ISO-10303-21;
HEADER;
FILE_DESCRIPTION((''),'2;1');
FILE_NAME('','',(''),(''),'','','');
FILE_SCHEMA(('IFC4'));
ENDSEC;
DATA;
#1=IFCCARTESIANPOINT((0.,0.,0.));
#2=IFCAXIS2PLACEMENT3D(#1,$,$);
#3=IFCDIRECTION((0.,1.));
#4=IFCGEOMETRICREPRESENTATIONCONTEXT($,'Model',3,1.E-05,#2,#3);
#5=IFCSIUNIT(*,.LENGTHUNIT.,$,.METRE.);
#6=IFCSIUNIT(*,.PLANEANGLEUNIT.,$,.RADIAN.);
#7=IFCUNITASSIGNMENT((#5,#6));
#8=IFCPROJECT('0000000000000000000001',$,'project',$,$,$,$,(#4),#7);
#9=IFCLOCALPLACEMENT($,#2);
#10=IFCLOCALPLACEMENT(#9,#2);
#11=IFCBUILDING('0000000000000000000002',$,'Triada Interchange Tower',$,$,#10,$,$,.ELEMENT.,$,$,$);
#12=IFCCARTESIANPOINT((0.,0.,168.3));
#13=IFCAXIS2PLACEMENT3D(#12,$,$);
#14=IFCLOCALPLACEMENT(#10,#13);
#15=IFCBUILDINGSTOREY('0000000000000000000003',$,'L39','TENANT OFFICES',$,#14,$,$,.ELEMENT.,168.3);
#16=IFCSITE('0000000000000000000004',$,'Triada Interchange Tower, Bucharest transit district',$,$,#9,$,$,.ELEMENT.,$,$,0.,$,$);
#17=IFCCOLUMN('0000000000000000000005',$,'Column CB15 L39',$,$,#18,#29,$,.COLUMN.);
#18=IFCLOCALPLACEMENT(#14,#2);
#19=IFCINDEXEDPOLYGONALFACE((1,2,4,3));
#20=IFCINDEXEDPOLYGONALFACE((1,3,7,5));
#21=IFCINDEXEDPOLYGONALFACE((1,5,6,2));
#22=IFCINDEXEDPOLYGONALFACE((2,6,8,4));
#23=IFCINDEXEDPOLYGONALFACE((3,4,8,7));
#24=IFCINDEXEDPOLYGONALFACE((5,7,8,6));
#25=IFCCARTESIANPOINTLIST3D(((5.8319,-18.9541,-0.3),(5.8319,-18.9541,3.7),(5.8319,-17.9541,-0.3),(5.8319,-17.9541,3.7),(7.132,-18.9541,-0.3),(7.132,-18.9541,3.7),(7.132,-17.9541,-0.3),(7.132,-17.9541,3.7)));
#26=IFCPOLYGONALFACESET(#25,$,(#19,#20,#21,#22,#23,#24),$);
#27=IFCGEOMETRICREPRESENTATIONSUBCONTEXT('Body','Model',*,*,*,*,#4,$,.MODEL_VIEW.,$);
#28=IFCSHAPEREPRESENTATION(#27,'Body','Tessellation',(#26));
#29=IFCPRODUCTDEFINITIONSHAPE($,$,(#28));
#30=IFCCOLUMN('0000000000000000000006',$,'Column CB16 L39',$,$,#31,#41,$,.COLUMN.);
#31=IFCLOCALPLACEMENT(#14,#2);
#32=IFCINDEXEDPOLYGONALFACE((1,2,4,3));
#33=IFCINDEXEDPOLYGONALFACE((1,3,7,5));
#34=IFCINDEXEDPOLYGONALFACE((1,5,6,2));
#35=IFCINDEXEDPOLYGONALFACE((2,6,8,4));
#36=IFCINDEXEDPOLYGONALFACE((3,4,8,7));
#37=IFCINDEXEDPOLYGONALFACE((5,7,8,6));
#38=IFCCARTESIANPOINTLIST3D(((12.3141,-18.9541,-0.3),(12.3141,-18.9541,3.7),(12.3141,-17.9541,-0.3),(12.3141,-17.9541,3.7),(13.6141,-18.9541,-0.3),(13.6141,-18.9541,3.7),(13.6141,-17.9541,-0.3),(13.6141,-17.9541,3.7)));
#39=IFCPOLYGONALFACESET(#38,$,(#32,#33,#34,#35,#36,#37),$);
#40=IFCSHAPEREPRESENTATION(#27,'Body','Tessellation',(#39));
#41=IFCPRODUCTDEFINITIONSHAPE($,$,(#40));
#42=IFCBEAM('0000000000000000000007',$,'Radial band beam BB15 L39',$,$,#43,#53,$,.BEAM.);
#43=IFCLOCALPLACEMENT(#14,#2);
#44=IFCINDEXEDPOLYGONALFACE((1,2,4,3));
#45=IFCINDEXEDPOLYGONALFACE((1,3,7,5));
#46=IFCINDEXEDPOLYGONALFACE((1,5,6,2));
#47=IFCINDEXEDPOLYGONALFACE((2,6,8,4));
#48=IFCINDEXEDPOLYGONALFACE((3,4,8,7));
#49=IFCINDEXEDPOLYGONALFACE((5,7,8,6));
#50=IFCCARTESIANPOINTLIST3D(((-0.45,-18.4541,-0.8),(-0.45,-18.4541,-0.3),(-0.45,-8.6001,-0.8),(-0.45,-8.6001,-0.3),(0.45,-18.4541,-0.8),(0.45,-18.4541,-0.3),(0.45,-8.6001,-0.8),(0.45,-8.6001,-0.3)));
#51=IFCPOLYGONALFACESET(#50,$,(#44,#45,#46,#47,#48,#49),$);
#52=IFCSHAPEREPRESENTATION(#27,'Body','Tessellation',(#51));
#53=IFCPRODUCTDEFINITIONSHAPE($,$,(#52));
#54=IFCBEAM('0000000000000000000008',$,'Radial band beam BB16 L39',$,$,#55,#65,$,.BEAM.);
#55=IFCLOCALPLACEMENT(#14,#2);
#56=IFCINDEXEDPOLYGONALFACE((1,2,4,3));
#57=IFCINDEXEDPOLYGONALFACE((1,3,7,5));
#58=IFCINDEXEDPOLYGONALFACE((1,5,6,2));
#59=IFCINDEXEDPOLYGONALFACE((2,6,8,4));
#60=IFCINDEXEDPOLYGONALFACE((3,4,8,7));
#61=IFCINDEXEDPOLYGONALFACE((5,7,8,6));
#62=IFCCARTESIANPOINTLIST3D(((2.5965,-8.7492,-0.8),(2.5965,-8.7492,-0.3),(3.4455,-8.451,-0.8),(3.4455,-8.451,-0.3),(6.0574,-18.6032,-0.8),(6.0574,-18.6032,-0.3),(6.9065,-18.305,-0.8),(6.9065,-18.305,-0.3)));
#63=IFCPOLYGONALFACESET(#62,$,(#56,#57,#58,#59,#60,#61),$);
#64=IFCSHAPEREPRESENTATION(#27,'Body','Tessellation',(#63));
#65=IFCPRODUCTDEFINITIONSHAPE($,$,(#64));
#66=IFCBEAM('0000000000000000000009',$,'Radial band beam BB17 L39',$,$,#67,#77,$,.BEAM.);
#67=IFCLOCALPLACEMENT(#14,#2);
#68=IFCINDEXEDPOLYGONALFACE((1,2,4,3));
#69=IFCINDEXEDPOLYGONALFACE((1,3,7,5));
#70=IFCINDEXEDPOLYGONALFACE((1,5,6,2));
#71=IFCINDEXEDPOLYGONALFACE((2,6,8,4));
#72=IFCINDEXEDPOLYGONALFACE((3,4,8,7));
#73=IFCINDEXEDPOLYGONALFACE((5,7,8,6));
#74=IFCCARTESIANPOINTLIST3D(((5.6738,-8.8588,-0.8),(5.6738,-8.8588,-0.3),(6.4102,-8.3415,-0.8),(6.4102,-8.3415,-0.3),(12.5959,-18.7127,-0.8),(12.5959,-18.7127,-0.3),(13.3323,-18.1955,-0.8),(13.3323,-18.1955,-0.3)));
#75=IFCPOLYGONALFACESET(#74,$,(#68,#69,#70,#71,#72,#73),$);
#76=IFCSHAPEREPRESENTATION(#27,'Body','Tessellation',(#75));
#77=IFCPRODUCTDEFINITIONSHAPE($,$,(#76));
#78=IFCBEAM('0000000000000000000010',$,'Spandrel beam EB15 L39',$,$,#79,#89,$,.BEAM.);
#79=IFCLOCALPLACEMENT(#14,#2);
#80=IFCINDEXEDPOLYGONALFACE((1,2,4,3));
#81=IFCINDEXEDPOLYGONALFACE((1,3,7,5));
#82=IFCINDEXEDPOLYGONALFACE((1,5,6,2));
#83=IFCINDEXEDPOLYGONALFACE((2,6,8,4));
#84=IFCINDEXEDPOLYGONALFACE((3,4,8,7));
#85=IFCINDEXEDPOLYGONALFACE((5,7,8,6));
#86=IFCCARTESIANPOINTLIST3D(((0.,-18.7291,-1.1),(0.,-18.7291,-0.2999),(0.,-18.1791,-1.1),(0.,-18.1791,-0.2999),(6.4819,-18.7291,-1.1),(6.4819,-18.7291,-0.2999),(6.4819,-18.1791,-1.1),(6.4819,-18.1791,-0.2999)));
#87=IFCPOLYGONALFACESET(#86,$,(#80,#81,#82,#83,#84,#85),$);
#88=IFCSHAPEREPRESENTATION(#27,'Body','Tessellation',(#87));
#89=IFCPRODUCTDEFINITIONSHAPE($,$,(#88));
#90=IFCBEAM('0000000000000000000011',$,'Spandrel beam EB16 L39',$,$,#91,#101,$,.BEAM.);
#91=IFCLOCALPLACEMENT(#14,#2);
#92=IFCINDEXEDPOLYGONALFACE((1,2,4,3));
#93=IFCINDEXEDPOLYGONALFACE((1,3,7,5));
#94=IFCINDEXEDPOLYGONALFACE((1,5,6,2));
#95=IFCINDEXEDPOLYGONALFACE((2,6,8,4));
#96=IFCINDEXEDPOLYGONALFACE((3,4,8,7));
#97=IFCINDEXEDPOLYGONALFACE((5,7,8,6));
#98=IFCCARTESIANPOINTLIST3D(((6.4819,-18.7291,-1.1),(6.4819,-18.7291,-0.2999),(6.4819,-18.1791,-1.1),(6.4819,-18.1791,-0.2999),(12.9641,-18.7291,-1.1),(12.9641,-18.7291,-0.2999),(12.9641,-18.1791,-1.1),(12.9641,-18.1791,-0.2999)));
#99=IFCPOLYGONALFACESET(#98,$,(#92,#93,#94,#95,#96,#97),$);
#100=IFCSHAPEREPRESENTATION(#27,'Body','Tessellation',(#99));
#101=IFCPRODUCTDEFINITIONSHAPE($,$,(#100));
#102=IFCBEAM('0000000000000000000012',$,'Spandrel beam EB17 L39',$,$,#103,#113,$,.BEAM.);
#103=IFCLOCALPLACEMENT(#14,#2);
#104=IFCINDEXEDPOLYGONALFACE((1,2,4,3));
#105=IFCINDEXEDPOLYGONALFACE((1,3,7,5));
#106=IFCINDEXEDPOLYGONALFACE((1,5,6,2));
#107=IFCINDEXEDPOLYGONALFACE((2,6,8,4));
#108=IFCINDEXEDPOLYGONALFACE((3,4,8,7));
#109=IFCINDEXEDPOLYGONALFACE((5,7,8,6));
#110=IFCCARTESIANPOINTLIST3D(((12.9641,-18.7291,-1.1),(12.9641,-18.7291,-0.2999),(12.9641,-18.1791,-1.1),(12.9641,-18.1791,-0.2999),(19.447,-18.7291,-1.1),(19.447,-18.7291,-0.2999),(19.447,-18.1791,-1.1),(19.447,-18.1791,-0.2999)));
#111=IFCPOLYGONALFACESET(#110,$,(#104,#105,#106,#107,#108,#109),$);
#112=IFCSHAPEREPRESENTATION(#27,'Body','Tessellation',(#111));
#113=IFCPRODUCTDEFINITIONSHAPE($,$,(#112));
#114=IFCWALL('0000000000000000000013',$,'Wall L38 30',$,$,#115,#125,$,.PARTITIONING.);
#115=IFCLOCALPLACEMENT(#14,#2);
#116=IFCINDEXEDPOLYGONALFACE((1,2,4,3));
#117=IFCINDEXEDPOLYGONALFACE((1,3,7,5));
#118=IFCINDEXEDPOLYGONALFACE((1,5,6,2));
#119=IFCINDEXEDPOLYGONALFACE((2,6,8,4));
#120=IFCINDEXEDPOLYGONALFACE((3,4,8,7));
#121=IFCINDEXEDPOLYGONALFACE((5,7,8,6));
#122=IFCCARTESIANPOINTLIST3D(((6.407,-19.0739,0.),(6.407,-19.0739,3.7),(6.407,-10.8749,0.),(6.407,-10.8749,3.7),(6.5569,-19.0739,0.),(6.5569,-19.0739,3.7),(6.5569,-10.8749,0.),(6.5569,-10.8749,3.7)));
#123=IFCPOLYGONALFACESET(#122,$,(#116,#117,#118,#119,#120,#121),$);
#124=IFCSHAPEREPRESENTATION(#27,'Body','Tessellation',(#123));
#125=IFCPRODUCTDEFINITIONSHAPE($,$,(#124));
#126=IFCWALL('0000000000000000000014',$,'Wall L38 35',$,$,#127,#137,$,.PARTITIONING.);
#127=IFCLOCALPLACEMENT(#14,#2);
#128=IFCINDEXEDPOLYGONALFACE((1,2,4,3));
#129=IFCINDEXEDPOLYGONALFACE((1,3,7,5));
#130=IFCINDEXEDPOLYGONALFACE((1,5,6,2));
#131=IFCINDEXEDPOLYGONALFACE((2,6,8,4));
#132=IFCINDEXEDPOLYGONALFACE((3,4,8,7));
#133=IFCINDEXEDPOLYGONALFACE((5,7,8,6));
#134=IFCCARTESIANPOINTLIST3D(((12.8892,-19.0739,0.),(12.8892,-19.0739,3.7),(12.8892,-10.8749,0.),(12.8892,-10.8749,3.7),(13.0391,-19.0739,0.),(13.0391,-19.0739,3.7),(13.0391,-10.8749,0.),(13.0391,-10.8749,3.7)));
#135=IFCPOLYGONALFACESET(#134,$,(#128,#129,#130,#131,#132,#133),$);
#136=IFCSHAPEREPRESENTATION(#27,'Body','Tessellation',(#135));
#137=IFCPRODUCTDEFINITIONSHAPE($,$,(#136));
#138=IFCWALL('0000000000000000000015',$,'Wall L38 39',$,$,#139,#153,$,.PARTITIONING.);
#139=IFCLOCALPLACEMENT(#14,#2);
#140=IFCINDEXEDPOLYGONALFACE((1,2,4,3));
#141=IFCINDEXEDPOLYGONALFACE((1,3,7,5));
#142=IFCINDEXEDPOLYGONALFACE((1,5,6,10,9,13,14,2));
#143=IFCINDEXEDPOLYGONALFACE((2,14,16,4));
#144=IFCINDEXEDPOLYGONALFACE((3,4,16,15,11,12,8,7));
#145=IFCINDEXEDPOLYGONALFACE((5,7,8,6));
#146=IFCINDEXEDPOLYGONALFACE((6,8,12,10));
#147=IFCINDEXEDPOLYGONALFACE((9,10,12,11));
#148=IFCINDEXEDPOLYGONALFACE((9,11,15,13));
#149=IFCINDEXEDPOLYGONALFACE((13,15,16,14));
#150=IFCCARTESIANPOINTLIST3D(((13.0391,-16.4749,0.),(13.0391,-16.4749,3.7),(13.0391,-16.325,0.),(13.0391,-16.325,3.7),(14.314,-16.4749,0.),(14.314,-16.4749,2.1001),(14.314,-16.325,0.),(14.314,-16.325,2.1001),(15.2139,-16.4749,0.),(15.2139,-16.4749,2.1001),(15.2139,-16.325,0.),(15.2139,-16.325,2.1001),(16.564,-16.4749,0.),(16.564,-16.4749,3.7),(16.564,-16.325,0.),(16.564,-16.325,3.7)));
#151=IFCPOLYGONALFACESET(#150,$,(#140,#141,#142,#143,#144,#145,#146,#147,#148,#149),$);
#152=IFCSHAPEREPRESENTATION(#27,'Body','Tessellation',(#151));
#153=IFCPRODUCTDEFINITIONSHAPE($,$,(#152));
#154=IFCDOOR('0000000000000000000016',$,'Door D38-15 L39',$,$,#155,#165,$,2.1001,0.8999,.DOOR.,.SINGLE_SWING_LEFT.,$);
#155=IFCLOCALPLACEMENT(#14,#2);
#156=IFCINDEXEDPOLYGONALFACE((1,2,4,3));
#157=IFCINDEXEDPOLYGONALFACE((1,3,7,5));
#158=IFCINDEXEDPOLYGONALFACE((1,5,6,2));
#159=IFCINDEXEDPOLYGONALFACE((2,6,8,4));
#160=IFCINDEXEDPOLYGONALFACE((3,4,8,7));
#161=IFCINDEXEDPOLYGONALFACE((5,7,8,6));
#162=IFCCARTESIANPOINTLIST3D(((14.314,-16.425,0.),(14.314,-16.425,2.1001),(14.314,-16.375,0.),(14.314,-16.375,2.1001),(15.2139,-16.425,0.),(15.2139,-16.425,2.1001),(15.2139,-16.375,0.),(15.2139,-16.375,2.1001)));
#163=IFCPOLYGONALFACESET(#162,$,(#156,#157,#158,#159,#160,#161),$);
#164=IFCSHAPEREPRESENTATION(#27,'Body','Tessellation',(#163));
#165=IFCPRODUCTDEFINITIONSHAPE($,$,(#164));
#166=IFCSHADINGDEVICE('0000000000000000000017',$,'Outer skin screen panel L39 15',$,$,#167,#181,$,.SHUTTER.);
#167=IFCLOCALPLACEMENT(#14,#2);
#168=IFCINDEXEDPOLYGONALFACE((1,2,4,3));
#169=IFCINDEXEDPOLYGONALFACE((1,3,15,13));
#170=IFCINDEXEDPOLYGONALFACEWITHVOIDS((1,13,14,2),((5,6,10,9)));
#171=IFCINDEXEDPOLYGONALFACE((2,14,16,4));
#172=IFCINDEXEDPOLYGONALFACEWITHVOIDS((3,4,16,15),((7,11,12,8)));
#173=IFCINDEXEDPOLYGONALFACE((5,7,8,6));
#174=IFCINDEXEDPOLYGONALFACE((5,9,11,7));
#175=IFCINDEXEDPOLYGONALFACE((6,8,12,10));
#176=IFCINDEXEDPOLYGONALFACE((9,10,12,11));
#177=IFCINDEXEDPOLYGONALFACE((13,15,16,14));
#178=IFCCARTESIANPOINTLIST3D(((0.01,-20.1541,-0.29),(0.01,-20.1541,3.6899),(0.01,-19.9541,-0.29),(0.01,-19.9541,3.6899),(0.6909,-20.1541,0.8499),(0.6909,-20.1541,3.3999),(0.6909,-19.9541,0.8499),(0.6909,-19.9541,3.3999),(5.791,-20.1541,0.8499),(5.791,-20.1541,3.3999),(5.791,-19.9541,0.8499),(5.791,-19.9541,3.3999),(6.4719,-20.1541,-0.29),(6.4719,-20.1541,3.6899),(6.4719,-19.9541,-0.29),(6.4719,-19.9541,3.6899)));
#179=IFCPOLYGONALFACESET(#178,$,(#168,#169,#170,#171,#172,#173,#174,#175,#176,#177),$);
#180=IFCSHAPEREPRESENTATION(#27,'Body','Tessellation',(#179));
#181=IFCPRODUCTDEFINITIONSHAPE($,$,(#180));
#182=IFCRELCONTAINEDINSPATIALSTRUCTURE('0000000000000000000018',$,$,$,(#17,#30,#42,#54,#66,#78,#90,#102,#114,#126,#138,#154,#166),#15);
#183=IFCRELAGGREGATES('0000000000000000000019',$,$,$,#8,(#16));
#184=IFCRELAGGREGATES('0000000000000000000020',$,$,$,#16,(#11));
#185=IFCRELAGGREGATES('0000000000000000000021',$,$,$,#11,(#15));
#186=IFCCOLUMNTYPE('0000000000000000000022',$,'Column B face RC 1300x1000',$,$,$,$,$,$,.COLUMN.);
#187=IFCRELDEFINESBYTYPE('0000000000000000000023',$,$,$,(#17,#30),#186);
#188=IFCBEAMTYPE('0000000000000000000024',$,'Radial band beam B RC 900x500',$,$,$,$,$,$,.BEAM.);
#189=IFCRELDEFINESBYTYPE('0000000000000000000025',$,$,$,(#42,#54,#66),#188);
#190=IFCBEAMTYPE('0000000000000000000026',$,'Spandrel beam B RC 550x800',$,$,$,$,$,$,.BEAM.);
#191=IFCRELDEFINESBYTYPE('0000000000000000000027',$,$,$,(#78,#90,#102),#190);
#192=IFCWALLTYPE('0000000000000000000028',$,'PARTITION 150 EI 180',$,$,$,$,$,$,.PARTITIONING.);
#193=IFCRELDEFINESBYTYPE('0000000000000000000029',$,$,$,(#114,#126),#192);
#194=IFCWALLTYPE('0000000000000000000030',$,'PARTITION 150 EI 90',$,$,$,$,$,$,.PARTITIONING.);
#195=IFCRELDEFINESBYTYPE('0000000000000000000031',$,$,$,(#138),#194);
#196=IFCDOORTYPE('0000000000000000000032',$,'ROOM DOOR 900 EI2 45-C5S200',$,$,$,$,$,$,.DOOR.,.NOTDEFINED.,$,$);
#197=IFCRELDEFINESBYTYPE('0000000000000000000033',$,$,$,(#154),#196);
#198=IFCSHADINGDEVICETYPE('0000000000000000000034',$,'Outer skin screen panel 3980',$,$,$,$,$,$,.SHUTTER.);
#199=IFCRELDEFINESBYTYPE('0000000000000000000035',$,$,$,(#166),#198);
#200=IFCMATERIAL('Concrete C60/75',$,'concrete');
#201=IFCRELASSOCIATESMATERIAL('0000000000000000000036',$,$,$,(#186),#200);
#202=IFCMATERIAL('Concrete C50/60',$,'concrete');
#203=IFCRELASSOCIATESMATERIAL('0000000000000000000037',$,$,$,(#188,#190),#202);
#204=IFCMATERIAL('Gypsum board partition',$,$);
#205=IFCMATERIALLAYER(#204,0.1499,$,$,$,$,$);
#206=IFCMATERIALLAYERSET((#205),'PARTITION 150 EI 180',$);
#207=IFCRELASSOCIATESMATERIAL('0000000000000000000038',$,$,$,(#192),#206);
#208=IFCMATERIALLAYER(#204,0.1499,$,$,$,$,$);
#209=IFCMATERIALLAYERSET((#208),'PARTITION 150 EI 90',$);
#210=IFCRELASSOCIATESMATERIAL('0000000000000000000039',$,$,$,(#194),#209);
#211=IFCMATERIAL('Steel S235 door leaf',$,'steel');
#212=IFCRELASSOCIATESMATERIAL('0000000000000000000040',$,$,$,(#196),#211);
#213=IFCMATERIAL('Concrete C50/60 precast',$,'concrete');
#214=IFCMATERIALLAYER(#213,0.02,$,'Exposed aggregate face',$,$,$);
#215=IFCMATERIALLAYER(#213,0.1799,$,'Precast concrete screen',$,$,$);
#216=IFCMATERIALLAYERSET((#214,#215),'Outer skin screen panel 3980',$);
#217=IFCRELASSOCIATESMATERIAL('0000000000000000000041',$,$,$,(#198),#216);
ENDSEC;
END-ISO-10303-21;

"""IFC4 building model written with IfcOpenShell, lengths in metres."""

from ifc_helpers import new_model, si_unit, direction, frame, frame_2d, origin, origin_2d, place, context, subcontext, project, spatial, polyline, rectangle, outline, extrude, material, layer, layer_set, material_profile, profile_set, type_object, element, fill, save


model = new_model("IFC4")

# Units and contexts
model_context = context("Model", 3, precision=1e-05, world=origin(), true_north=direction((0.0, 1.0)))
body_context = subcontext(model_context, "Body", "Model", "MODEL_VIEW")
ifc_project = project(units=[si_unit("LENGTHUNIT", "METRE"), si_unit("PLANEANGLEUNIT", "RADIAN")], contexts=[model_context])

# Site, building, storey
site_placement = place(None, origin())
site = spatial("IfcSite", under=ifc_project, at=site_placement, Name="Triada Interchange Tower, Bucharest transit district", CompositionType="ELEMENT", RefElevation=0.0)
building_placement = place(site_placement, origin())
building = spatial("IfcBuilding", under=site, at=building_placement, Name="Triada Interchange Tower", CompositionType="ELEMENT")
storey_placement = place(building_placement, frame((0.0, 0.0, 168.3)))
storey = spatial("IfcBuildingStorey", under=building, at=storey_placement, Name="L39", Description="TENANT OFFICES", CompositionType="ELEMENT", Elevation=168.3)

# Columns
ifc_material_1 = material(Name="Concrete C60/75", Category="concrete")
ifc_material_profile_1 = material_profile(ifc_material_1, rectangle(XDim=1.3, YDim=1.0, at=origin_2d()), Name="RC 1300x1000")
ifc_profile_set_1 = profile_set([ifc_material_profile_1], Name="Concrete C60/75")
column_type = type_object("IfcColumnType", Name="Column B face RC 1300x1000", PredefinedType="COLUMN", material=ifc_profile_set_1)
for number, where, z_axis, x_axis, name in (
    (1, (6.4819, -18.4541, -0.3), (0.0, 0.0, 1.0), (1.0, 0.0, 0.0), "Column CB15 L39"),
    (2, (12.9641, -18.4541, -0.3), (0.0, 0.0, 1.0), (1.0, 0.0, 0.0), "Column CB16 L39"),
):
    element("IfcColumn", number, at=place(storey_placement, frame(where, z_axis=z_axis, x_axis=x_axis)), inside=storey, type_object=column_type, Name=name, PredefinedType="COLUMN", context=body_context, shape_type="SweptSolid", body=[
        extrude(rectangle(XDim=1.3, YDim=1.0, at=origin_2d()), origin(), (0.0, 0.0, 1.0), 4.0),
    ])

# Beams
ifc_material_2 = material(Name="Concrete C50/60", Category="concrete")
ifc_material_profile_2 = material_profile(ifc_material_2, rectangle(XDim=0.8999, YDim=0.5, at=origin_2d()), Name="RC 900x500")
ifc_profile_set_2 = profile_set([ifc_material_profile_2], Name="Concrete C50/60")
beam_type_1 = type_object("IfcBeamType", Name="Radial band beam B RC 900x500", PredefinedType="BEAM", material=ifc_profile_set_2)
beam_1_placement = place(storey_placement, frame((0.0, -18.4541, -0.55), z_axis=(0.0, 1.0, 0.0), x_axis=(-1.0, 0.0, 0.0)))
element("IfcBeam", 3, at=beam_1_placement, inside=storey, type_object=beam_type_1, Name="Radial band beam BB15 L39", PredefinedType="BEAM", context=body_context, shape_type="SweptSolid", body=[
    extrude(rectangle(XDim=0.8999, YDim=0.5, at=origin_2d()), origin(), (0.0, 0.0, 1.0), 9.854),
])
beam_2_placement = place(storey_placement, frame((6.4819, -18.4541, -0.55), z_axis=(-0.331377, 0.943498, 0.0), x_axis=(-0.943498, -0.331377, 0.0)))
element("IfcBeam", 4, at=beam_2_placement, inside=storey, type_object=beam_type_1, Name="Radial band beam BB16 L39", PredefinedType="BEAM", context=body_context, shape_type="SweptSolid", body=[
    extrude(rectangle(XDim=0.8999, YDim=0.5, at=origin_2d()), origin(), (0.0, 0.0, 1.0), 10.4441),
])
beam_3_placement = place(storey_placement, frame((12.9641, -18.4541, -0.55), z_axis=(-0.574817, 0.818282, 0.0), x_axis=(-0.818282, -0.574817, 0.0)))
element("IfcBeam", 5, at=beam_3_placement, inside=storey, type_object=beam_type_1, Name="Radial band beam BB17 L39", PredefinedType="BEAM", context=body_context, shape_type="SweptSolid", body=[
    extrude(rectangle(XDim=0.8999, YDim=0.5, at=origin_2d()), origin(), (0.0, 0.0, 1.0), 12.0422),
])
ifc_material_profile_3 = material_profile(ifc_material_2, rectangle(XDim=0.55, YDim=0.8, at=origin_2d()), Name="RC 550x800")
ifc_profile_set_3 = profile_set([ifc_material_profile_3], Name="Concrete C50/60")
beam_type_2 = type_object("IfcBeamType", Name="Spandrel beam B RC 550x800", PredefinedType="BEAM", material=ifc_profile_set_3)
beam_4_placement = place(storey_placement, frame((0.0, -18.4541, -0.7), z_axis=(1.0, 0.0, 0.0), x_axis=(0.0, 1.0, 0.0)))
element("IfcBeam", 6, at=beam_4_placement, inside=storey, type_object=beam_type_2, Name="Spandrel beam EB15 L39", PredefinedType="BEAM", context=body_context, shape_type="SweptSolid", body=[
    extrude(rectangle(XDim=0.55, YDim=0.8, at=origin_2d()), origin(), (0.0, 0.0, 1.0), 6.4819),
])
beam_5_placement = place(storey_placement, frame((6.4819, -18.4541, -0.7), z_axis=(1.0, 0.0, 0.0), x_axis=(0.0, 1.0, 0.0)))
element("IfcBeam", 7, at=beam_5_placement, inside=storey, type_object=beam_type_2, Name="Spandrel beam EB16 L39", PredefinedType="BEAM", context=body_context, shape_type="SweptSolid", body=[
    extrude(rectangle(XDim=0.55, YDim=0.8, at=origin_2d()), origin(), (0.0, 0.0, 1.0), 6.4822),
])
beam_6_placement = place(storey_placement, frame((12.9641, -18.4541, -0.7), z_axis=(1.0, 0.0, 0.0), x_axis=(0.0, 1.0, 0.0)))
element("IfcBeam", 8, at=beam_6_placement, inside=storey, type_object=beam_type_2, Name="Spandrel beam EB17 L39", PredefinedType="BEAM", context=body_context, shape_type="SweptSolid", body=[
    extrude(rectangle(XDim=0.55, YDim=0.8, at=origin_2d()), origin(), (0.0, 0.0, 1.0), 6.4829),
])

# Walls
ifc_material_3 = material(Name="Gypsum board partition")
ifc_layer_1 = layer(ifc_material_3, 0.1499)
ifc_layer_set_1 = layer_set([ifc_layer_1], Name="PARTITION 150 EI 180")
wall_type_1 = type_object("IfcWallType", Name="PARTITION 150 EI 180", PredefinedType="PARTITIONING", material=ifc_layer_set_1)
for number, where, z_axis, x_axis, name in (
    (9, (6.4819, -19.074, 0.0), (0.0, 0.0, 1.0), (0.0, 1.0, 0.0), "Wall L38 30"),
    (10, (12.9641, -19.074, 0.0), (0.0, 0.0, 1.0), (0.0, 1.0, 0.0), "Wall L38 35"),
):
    element("IfcWall", number, at=place(storey_placement, frame(where, z_axis=z_axis, x_axis=x_axis)), inside=storey, type_object=wall_type_1, Name=name, PredefinedType="PARTITIONING", context=body_context, shape_type="SweptSolid", body=[
        extrude(rectangle(XDim=8.199, YDim=0.1499, at=frame_2d((4.0996, 0.0))), origin(), (0.0, 0.0, 1.0), 3.7),
    ])

# Wall, opening, door
ifc_layer_2 = layer(ifc_material_3, 0.1499)
ifc_layer_set_2 = layer_set([ifc_layer_2], Name="PARTITION 150 EI 90")
wall_type_2 = type_object("IfcWallType", Name="PARTITION 150 EI 90", PredefinedType="PARTITIONING", material=ifc_layer_set_2)
wall_placement = place(storey_placement, frame((13.0391, -16.3999, 0.0), z_axis=(0.0, 0.0, 1.0), x_axis=(1.0, 0.0, 0.0)))
wall = element("IfcWall", 11, at=wall_placement, inside=storey, type_object=wall_type_2, Name="Wall L38 39", PredefinedType="PARTITIONING", context=body_context, shape_type="SweptSolid", body=[
    extrude(rectangle(XDim=3.5249, YDim=0.1499, at=frame_2d((1.7625, 0.0))), origin(), (0.0, 0.0, 1.0), 3.7),
])
opening_placement = place(wall_placement, frame((1.2749, 0.0, 0.0)))
opening = element("IfcOpeningElement", 12, at=opening_placement, cuts=wall, PredefinedType="OPENING", context=body_context, shape_type="SweptSolid", body=[
    extrude(rectangle(XDim=0.8999, YDim=2.1001, at=frame_2d((0.45, 1.05))), frame((0.0, 0.085, 0.0), z_axis=(0.0, -1.0, 0.0), x_axis=(1.0, 0.0, 0.0)), (0.0, 0.0, 1.0), 0.1699),
])
ifc_material_4 = material(Name="Steel S235 door leaf", Category="steel")
door_type = type_object("IfcDoorType", Name="ROOM DOOR 900 EI2 45-C5S200", OperationType="NOTDEFINED", PredefinedType="DOOR", material=ifc_material_4)
door_placement = place(opening_placement, origin())
door = element("IfcDoor", 13, at=door_placement, inside=storey, type_object=door_type, Name="Door D38-15 L39", OperationType="SINGLE_SWING_LEFT", OverallHeight=2.1001, OverallWidth=0.8999, PredefinedType="DOOR", context=body_context, shape_type="SweptSolid", body=[
    extrude(rectangle(XDim=0.8999, YDim=2.1001, at=frame_2d((0.45, 1.05))), frame((0.0, 0.0249, 0.0), z_axis=(0.0, -1.0, 0.0), x_axis=(1.0, 0.0, 0.0)), (0.0, 0.0, 1.0), 0.05),
])
fill(opening, door)

# Shading device
ifc_material_5 = material(Name="Concrete C50/60 precast", Category="concrete")
ifc_layer_3 = layer(ifc_material_5, 0.02, Name="Exposed aggregate face")
ifc_layer_4 = layer(ifc_material_5, 0.1799, Name="Precast concrete screen")
ifc_layer_set_3 = layer_set([ifc_layer_3, ifc_layer_4], Name="Outer skin screen panel 3980")
shading_device_type = type_object("IfcShadingDeviceType", Name="Outer skin screen panel 3980", PredefinedType="SHUTTER", material=ifc_layer_set_3)
shading_device_1_placement = place(storey_placement, frame((0.01, -19.9541, -0.29), z_axis=(0.0, 0.0, 1.0), x_axis=(1.0, 0.0, 0.0)))
element("IfcShadingDevice", 14, at=shading_device_1_placement, inside=storey, type_object=shading_device_type, Name="Outer skin screen panel L39 15", PredefinedType="SHUTTER", context=body_context, shape_type="SweptSolid", body=[
    extrude(outline(polyline([(0.0, 0.0), (6.4619, 0.0), (6.4619, 3.98), (0.0, 3.98), (0.0, 0.0)]), holes=[polyline([(0.6809, 1.1399), (0.6809, 3.6899), (5.781, 3.6899), (5.781, 1.1399), (0.6809, 1.1399)])]), frame((0.0, 0.0, 0.0), z_axis=(0.0, -1.0, 0.0), x_axis=(1.0, 0.0, 0.0)), (0.0, 0.0, 1.0), 0.2),
])

save(model, "model.ifc")
